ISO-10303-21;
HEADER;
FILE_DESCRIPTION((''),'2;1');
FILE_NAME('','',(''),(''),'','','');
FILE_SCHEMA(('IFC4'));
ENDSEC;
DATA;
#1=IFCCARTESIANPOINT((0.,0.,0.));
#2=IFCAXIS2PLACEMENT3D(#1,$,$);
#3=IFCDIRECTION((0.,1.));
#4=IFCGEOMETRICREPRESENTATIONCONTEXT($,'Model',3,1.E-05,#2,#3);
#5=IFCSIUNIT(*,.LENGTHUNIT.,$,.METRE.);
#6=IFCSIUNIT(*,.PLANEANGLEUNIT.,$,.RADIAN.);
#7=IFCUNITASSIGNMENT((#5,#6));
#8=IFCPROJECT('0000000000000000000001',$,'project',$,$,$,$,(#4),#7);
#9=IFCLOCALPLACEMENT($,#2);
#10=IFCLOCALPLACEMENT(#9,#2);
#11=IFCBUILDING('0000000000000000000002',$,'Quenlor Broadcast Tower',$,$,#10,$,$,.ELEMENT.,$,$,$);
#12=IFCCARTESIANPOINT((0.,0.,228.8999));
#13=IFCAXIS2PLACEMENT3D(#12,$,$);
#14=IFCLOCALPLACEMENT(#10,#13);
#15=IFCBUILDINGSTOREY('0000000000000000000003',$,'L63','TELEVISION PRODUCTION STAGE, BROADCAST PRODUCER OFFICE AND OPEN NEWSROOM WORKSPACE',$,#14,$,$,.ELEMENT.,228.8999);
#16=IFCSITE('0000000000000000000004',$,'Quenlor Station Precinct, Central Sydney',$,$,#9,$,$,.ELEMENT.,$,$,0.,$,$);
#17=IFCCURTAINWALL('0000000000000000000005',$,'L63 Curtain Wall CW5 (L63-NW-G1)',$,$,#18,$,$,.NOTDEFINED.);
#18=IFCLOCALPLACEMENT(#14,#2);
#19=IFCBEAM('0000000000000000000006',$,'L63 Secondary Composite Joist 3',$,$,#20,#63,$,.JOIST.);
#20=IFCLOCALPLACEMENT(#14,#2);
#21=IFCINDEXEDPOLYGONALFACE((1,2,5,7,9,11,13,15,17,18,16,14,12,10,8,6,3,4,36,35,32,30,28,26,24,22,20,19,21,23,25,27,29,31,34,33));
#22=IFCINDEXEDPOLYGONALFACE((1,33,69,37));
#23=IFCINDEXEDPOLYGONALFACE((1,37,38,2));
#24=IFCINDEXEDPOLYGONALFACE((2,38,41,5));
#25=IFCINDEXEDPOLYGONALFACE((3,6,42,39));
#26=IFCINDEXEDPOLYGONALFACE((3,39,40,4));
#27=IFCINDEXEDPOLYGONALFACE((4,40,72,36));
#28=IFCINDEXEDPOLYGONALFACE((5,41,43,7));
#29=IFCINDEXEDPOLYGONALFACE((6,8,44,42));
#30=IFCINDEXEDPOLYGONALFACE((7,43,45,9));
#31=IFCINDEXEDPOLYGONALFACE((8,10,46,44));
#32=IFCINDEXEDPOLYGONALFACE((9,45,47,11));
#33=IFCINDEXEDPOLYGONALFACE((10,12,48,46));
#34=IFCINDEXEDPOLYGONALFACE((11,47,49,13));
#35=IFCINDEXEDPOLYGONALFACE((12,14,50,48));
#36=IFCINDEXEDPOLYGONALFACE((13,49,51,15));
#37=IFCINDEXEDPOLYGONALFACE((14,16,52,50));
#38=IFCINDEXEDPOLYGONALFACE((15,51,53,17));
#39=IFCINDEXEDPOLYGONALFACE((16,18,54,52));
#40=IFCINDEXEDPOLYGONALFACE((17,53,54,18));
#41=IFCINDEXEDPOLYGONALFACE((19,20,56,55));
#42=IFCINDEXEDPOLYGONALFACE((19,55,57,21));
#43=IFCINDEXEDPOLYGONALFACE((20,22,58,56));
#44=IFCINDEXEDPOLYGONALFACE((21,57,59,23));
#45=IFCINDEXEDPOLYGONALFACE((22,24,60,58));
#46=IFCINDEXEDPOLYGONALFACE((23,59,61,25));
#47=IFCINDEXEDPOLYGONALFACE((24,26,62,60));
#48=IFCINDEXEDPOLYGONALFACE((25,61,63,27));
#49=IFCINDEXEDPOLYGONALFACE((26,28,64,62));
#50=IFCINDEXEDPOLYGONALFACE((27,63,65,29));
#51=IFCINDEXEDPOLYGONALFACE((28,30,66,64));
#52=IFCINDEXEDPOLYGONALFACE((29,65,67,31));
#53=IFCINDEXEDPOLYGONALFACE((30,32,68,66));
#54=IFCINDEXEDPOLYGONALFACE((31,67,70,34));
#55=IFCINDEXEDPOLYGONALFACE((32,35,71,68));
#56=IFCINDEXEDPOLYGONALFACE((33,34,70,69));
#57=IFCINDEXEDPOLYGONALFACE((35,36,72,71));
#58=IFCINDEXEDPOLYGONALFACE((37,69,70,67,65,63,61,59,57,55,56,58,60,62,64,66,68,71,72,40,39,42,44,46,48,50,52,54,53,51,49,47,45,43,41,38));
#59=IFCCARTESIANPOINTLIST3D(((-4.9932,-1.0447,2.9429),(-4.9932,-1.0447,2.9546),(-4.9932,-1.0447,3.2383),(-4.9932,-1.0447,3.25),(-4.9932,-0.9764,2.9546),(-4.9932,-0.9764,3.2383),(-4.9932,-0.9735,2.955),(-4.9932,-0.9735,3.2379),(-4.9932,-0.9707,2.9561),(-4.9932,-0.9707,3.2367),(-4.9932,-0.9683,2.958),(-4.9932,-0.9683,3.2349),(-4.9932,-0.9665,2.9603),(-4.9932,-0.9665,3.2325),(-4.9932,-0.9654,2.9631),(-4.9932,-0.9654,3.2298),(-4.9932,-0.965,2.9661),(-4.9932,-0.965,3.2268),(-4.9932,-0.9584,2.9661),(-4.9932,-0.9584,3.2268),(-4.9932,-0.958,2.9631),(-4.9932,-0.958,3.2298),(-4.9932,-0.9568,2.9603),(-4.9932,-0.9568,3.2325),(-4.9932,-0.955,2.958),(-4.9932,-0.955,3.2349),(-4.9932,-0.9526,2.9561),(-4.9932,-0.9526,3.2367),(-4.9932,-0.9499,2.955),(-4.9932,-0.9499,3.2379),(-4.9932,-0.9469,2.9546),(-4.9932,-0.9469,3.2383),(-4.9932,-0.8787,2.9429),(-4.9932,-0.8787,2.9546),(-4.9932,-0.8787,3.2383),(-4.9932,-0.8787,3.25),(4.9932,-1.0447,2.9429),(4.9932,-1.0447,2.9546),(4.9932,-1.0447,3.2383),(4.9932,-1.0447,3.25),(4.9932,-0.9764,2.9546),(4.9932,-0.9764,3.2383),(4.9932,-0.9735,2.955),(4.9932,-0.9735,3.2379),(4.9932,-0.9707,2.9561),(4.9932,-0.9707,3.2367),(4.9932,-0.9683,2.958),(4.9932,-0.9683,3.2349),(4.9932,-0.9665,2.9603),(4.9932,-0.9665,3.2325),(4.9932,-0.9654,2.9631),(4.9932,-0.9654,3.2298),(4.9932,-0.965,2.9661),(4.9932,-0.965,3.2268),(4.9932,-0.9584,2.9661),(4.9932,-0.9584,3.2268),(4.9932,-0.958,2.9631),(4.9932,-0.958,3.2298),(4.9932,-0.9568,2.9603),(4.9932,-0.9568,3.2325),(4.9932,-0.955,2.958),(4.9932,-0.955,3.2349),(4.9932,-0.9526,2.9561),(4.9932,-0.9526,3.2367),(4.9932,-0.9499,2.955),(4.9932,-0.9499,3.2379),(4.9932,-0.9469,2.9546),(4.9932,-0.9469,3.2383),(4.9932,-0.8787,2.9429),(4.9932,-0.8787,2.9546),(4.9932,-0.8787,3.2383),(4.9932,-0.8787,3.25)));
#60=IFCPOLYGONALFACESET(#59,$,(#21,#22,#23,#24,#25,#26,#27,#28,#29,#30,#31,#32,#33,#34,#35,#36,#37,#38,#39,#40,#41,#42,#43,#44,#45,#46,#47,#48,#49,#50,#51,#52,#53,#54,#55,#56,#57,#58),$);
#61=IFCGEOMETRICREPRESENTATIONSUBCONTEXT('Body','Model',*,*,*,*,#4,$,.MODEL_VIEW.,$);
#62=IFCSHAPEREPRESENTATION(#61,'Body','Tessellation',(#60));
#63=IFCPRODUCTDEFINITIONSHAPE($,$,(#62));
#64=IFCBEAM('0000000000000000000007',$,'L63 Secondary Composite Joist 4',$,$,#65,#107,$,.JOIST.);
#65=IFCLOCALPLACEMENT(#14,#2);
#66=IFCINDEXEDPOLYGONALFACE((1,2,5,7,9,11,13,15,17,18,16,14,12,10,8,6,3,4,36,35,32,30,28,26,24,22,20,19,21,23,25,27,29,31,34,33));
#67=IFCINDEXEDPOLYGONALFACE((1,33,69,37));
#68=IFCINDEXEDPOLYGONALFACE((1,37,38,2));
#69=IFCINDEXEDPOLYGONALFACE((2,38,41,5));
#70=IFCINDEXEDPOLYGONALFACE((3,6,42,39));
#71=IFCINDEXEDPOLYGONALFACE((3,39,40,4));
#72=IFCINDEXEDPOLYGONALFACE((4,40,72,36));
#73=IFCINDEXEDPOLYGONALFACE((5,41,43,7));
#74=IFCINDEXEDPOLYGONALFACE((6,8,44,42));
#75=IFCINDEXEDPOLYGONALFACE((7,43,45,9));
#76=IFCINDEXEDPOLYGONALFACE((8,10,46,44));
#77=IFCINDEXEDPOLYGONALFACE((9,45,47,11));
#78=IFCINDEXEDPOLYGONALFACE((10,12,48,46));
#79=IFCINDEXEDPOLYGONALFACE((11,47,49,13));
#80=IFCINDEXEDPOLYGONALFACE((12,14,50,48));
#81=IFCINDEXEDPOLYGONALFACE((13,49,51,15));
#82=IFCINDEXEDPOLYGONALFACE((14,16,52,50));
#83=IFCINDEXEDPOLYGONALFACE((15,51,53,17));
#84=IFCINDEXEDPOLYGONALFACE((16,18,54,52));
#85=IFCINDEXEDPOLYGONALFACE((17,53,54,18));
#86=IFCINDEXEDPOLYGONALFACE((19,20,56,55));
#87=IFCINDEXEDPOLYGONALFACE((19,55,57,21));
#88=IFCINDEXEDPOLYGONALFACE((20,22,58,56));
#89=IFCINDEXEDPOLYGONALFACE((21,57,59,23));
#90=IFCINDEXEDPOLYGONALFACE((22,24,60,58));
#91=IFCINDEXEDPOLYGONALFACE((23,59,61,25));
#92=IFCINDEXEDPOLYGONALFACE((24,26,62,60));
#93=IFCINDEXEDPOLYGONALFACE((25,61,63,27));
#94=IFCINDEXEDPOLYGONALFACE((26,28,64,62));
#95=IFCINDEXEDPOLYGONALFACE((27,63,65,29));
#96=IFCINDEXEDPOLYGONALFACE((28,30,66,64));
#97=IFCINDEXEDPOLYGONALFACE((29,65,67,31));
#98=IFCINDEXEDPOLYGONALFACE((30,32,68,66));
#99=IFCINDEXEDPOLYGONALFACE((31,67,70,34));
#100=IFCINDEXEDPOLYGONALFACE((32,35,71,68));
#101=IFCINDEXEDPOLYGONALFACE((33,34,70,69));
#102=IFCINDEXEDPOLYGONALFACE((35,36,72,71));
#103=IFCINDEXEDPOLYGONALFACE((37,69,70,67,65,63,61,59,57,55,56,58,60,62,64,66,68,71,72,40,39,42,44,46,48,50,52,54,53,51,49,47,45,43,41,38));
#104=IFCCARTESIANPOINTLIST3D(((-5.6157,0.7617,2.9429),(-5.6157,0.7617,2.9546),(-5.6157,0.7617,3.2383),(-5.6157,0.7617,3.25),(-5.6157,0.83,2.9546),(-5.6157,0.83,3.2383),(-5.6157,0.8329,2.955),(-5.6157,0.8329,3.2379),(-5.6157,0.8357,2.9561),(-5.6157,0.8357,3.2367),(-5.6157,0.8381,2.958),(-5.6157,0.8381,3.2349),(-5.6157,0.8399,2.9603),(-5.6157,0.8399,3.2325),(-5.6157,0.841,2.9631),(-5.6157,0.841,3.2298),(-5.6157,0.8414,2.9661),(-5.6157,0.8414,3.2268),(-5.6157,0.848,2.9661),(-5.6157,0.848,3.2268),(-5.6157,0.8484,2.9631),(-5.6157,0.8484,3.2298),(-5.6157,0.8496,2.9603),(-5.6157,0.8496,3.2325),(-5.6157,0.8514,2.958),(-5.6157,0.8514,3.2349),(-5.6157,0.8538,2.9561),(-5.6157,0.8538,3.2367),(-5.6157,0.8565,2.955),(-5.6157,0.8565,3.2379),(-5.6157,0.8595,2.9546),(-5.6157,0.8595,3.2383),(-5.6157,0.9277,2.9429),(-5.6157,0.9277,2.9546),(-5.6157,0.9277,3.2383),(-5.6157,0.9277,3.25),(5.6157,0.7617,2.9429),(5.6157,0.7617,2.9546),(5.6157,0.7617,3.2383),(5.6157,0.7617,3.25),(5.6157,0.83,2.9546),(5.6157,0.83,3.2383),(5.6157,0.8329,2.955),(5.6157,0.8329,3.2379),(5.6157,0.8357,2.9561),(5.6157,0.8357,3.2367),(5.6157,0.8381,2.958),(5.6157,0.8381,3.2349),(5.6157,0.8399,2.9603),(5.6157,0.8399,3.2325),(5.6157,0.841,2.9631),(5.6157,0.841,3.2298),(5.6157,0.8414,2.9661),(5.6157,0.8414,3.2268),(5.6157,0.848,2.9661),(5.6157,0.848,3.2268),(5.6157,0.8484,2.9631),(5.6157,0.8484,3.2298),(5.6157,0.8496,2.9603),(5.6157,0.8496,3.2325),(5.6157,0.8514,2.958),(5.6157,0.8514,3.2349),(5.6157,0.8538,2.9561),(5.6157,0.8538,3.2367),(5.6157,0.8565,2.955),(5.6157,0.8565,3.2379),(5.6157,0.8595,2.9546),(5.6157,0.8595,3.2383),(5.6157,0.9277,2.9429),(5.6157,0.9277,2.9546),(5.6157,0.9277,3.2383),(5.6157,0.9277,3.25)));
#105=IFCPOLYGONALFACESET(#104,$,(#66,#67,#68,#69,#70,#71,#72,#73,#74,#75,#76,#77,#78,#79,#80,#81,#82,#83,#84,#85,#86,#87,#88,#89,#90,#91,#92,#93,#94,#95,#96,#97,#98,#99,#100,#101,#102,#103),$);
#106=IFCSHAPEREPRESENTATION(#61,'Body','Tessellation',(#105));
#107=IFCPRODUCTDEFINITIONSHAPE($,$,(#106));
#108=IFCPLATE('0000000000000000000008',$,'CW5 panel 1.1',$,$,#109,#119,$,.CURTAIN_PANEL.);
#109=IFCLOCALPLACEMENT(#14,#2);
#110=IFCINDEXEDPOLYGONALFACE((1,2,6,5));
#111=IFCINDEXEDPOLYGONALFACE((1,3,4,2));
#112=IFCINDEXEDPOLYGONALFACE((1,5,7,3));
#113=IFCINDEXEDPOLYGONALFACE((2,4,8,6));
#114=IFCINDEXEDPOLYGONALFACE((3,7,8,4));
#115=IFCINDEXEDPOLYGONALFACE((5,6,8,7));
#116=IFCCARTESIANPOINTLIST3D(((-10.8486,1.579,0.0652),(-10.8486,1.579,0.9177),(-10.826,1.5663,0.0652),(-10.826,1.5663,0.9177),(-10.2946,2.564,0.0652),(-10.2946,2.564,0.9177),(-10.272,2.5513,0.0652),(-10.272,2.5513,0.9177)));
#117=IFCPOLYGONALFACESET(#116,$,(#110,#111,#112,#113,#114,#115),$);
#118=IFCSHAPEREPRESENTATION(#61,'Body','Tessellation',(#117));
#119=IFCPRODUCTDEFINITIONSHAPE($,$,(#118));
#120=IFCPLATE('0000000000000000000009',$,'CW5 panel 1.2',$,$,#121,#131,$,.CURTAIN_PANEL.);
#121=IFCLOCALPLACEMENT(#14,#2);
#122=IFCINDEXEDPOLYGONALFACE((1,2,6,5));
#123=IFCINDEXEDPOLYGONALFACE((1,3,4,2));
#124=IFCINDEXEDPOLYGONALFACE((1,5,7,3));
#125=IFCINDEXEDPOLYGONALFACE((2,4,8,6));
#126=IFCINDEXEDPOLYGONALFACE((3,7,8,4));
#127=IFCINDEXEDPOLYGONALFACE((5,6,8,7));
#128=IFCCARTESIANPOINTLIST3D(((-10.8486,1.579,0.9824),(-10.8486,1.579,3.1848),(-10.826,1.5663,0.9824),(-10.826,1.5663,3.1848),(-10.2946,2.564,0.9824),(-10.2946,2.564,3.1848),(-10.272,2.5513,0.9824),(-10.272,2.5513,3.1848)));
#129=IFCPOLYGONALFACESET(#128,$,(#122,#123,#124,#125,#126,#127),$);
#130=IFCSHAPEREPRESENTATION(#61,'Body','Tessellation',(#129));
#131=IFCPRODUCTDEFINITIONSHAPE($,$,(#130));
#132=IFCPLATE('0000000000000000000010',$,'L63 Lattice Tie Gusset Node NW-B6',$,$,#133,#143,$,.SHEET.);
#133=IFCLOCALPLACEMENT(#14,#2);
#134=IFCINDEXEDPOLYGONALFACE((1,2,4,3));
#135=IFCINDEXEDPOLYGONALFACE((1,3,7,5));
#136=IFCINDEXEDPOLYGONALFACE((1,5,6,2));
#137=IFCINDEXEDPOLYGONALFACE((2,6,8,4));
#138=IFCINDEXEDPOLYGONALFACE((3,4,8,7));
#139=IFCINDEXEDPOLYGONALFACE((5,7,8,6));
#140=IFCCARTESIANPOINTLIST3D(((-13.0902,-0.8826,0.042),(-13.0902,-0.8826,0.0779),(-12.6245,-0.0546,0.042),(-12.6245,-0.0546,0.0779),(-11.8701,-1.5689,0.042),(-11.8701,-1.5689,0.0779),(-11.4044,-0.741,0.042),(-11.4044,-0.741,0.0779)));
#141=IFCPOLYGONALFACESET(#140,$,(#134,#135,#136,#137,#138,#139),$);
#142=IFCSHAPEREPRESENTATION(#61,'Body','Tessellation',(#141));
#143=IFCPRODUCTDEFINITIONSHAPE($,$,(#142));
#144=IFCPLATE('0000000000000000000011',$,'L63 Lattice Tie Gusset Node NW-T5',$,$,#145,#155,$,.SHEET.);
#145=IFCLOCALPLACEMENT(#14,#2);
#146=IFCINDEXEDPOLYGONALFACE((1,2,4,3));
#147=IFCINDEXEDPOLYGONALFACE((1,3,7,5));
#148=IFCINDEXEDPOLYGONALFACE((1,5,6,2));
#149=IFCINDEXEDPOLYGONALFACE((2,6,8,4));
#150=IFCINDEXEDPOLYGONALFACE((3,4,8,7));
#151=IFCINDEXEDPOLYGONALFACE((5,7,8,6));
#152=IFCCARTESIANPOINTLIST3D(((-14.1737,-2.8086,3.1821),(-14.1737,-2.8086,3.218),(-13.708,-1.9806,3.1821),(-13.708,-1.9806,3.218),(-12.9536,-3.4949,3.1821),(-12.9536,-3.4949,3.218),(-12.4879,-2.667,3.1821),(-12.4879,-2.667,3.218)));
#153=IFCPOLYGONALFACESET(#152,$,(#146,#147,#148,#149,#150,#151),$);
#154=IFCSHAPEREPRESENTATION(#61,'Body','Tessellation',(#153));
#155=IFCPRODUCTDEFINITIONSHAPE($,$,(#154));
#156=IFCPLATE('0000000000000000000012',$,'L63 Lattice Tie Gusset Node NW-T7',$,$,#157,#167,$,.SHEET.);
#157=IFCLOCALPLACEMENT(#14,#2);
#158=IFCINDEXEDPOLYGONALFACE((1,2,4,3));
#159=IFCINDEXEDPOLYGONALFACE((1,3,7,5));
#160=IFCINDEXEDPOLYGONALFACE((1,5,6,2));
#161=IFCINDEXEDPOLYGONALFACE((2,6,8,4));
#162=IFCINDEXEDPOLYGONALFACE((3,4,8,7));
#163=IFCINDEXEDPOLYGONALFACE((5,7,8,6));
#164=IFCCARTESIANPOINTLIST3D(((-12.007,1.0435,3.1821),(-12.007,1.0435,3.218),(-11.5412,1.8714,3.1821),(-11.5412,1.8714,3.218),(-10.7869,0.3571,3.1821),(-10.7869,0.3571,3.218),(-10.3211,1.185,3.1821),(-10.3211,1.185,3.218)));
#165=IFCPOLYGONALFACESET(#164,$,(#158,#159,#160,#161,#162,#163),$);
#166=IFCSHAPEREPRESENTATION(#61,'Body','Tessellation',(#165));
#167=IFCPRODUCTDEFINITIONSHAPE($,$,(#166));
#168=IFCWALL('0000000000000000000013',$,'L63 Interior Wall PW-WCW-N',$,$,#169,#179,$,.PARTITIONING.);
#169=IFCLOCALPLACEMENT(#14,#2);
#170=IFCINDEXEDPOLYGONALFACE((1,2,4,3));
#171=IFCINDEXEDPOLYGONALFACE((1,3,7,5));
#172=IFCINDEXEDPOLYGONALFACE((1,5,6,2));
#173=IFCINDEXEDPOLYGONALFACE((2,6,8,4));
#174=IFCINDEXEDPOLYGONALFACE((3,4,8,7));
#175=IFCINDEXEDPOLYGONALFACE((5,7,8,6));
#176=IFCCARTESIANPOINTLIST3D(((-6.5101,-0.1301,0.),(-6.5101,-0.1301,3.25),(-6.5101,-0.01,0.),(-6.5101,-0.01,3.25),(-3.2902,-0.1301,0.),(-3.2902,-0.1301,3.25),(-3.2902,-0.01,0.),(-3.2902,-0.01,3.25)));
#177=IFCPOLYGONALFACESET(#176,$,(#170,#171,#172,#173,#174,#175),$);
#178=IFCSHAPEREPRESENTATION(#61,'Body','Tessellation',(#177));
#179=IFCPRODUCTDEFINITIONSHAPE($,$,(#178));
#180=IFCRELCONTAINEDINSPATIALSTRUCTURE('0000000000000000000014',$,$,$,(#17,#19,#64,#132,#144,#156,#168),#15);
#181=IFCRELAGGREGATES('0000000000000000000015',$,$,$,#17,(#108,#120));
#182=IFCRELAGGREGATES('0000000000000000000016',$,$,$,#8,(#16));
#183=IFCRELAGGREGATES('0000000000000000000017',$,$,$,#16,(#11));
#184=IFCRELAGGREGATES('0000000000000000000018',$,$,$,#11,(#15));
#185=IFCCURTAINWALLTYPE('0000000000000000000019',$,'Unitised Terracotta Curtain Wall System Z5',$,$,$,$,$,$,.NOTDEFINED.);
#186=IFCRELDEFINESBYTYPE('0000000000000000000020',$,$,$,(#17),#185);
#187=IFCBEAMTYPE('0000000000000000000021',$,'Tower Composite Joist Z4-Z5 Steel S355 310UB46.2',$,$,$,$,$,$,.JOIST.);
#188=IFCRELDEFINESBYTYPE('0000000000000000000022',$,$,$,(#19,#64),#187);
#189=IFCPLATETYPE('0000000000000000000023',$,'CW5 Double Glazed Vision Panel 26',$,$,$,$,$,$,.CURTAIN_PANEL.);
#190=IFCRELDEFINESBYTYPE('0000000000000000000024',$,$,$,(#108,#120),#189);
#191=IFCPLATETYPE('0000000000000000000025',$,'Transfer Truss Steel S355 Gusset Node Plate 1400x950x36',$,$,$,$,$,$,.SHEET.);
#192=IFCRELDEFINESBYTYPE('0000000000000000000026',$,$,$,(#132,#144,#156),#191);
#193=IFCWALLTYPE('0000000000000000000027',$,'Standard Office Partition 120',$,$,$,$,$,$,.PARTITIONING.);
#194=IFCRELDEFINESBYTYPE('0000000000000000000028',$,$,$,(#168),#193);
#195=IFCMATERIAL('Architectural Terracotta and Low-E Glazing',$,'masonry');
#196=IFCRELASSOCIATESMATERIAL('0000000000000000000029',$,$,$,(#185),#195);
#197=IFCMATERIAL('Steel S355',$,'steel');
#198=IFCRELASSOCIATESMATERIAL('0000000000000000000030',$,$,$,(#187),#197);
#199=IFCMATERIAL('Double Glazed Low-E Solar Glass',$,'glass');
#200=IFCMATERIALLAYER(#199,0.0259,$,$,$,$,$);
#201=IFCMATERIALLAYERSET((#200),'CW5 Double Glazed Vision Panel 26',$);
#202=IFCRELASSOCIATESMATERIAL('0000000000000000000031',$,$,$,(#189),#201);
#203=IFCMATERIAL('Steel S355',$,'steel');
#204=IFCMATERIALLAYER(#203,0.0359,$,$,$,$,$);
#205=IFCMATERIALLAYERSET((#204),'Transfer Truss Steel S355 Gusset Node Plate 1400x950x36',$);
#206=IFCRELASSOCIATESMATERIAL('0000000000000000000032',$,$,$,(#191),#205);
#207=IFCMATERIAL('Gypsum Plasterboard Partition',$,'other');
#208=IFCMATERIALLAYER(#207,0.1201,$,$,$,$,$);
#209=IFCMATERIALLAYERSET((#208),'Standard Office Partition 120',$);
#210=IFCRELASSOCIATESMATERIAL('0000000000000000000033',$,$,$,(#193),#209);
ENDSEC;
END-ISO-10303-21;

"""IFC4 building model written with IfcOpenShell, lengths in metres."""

from ifc_helpers import new_model, si_unit, direction, frame, frame_2d, origin, origin_2d, place, context, subcontext, project, spatial, rectangle, i_section, extrude, material, layer, layer_set, material_profile, profile_set, type_object, element, aggregate, save


model = new_model("IFC4")

# Units and contexts
model_context = context("Model", 3, precision=1e-05, world=origin(), true_north=direction((0.0, 1.0)))
body_context = subcontext(model_context, "Body", "Model", "MODEL_VIEW")
ifc_project = project(units=[si_unit("LENGTHUNIT", "METRE"), si_unit("PLANEANGLEUNIT", "RADIAN")], contexts=[model_context])

# Site, building, storey
site_placement = place(None, origin())
site = spatial("IfcSite", under=ifc_project, at=site_placement, Name="Quenlor Station Precinct, Central Sydney", CompositionType="ELEMENT", RefElevation=0.0)
building_placement = place(site_placement, origin())
building = spatial("IfcBuilding", under=site, at=building_placement, Name="Quenlor Broadcast Tower", CompositionType="ELEMENT")
storey_placement = place(building_placement, frame((0.0, 0.0, 228.8999)))
storey = spatial("IfcBuildingStorey", under=building, at=storey_placement, Name="L63", Description="TELEVISION PRODUCTION STAGE, BROADCAST PRODUCER OFFICE AND OPEN NEWSROOM WORKSPACE", CompositionType="ELEMENT", Elevation=228.8999)

# Curtain wall
ifc_material_1 = material(Name="Architectural Terracotta and Low-E Glazing", Category="masonry")
curtain_wall_type = type_object("IfcCurtainWallType", Name="Unitised Terracotta Curtain Wall System Z5", PredefinedType="NOTDEFINED", material=ifc_material_1)
curtain_wall_placement = place(storey_placement, origin())
curtain_wall = element("IfcCurtainWall", 1, at=curtain_wall_placement, inside=storey, type_object=curtain_wall_type, Name="L63 Curtain Wall CW5 (L63-NW-G1)", PredefinedType="NOTDEFINED")

# Beams
ifc_material_2 = material(Name="Steel S355", Category="steel")
ifc_material_profile_1 = material_profile(ifc_material_2, i_section(OverallWidth=0.166, OverallDepth=0.3071, WebThickness=0.0066, FlangeThickness=0.0117, FilletRadius=0.0115, at=origin_2d()))
ifc_profile_set_1 = profile_set([ifc_material_profile_1], Name="Steel S355 310UB46.2")
beam_type = type_object("IfcBeamType", Name="Tower Composite Joist Z4-Z5 Steel S355 310UB46.2", PredefinedType="JOIST", material=ifc_profile_set_1)
beam_1_placement = place(storey_placement, frame((-4.9932, -0.9617, 3.0964), z_axis=(1.0, 0.0, 0.0), x_axis=(0.0, 1.0, 0.0)))
element("IfcBeam", 2, at=beam_1_placement, inside=storey, type_object=beam_type, Name="L63 Secondary Composite Joist 3", PredefinedType="JOIST", context=body_context, shape_type="SweptSolid", body=[
    extrude(i_section(OverallWidth=0.166, OverallDepth=0.3071, WebThickness=0.0066, FlangeThickness=0.0117, FilletRadius=0.0115, at=origin_2d()), origin(), (0.0, 0.0, 1.0), 9.9863),
])
beam_2_placement = place(storey_placement, frame((-5.6157, 0.8447, 3.0964), z_axis=(1.0, 0.0, 0.0), x_axis=(0.0, 1.0, 0.0)))
element("IfcBeam", 3, at=beam_2_placement, inside=storey, type_object=beam_type, Name="L63 Secondary Composite Joist 4", PredefinedType="JOIST", context=body_context, shape_type="SweptSolid", body=[
    extrude(i_section(OverallWidth=0.166, OverallDepth=0.3071, WebThickness=0.0066, FlangeThickness=0.0117, FilletRadius=0.0115, at=origin_2d()), origin(), (0.0, 0.0, 1.0), 11.2314),
])

# Plates
ifc_material_3 = material(Name="Double Glazed Low-E Solar Glass", Category="glass")
ifc_layer_1 = layer(ifc_material_3, 0.0259)
ifc_layer_set_1 = layer_set([ifc_layer_1], Name="CW5 Double Glazed Vision Panel 26")
plate_type_1 = type_object("IfcPlateType", Name="CW5 Double Glazed Vision Panel 26", PredefinedType="CURTAIN_PANEL", material=ifc_layer_set_1)
plate_1_placement = place(storey_placement, frame((-10.5603, 2.0652, 0.0652), z_axis=(0.0, 0.0, 1.0), x_axis=(0.490231, 0.871592, 0.0)))
plate_1 = element("IfcPlate", 4, at=plate_1_placement, type_object=plate_type_1, Name="CW5 panel 1.1", PredefinedType="CURTAIN_PANEL", context=body_context, shape_type="SweptSolid", body=[
    extrude(rectangle(XDim=1.1301, YDim=0.0259, at=origin_2d()), origin(), (0.0, 0.0, 1.0), 0.8525),
])
plate_2_placement = place(storey_placement, frame((-10.5603, 2.0652, 0.9824), z_axis=(0.0, 0.0, 1.0), x_axis=(0.490231, 0.871592, 0.0)))
plate_2 = element("IfcPlate", 5, at=plate_2_placement, type_object=plate_type_1, Name="CW5 panel 1.2", PredefinedType="CURTAIN_PANEL", context=body_context, shape_type="SweptSolid", body=[
    extrude(rectangle(XDim=1.1301, YDim=0.0259, at=origin_2d()), origin(), (0.0, 0.0, 1.0), 2.2024),
])
aggregate(curtain_wall, [plate_1, plate_2])

# Plates
ifc_material_4 = material(Name="Steel S355", Category="steel")
ifc_layer_2 = layer(ifc_material_4, 0.0359)
ifc_layer_set_2 = layer_set([ifc_layer_2], Name="Transfer Truss Steel S355 Gusset Node Plate 1400x950x36")
plate_type_2 = type_object("IfcPlateType", Name="Transfer Truss Steel S355 Gusset Node Plate 1400x950x36", PredefinedType="SHEET", material=ifc_layer_set_2)
for number, where, z_axis, x_axis, name in (
    (6, (-12.2473, -0.8118, 0.042), (0.0, 0.0, 1.0), (-0.871556, 0.490295, 0.0), "L63 Lattice Tie Gusset Node NW-B6"),
    (7, (-13.3308, -2.7378, 3.1821), (0.0, 0.0, 1.0), (-0.871556, 0.490295, 0.0), "L63 Lattice Tie Gusset Node NW-T5"),
    (8, (-11.1641, 1.1143, 3.1821), (0.0, 0.0, 1.0), (-0.871556, 0.490295, 0.0), "L63 Lattice Tie Gusset Node NW-T7"),
):
    element("IfcPlate", number, at=place(storey_placement, frame(where, z_axis=z_axis, x_axis=x_axis)), inside=storey, type_object=plate_type_2, Name=name, PredefinedType="SHEET", context=body_context, shape_type="SweptSolid", body=[
        extrude(rectangle(XDim=1.3999, YDim=0.95, at=origin_2d()), origin(), (0.0, 0.0, 1.0), 0.0359),
    ])

# Wall
ifc_material_5 = material(Name="Gypsum Plasterboard Partition", Category="other")
ifc_layer_3 = layer(ifc_material_5, 0.1201)
ifc_layer_set_3 = layer_set([ifc_layer_3], Name="Standard Office Partition 120")
wall_type_1 = type_object("IfcWallType", Name="Standard Office Partition 120", PredefinedType="PARTITIONING", material=ifc_layer_set_3)
wall_1_placement = place(storey_placement, frame((-6.51, -0.0701, 0.0), z_axis=(0.0, 0.0, 1.0), x_axis=(1.0, 0.0, 0.0)))
element("IfcWall", 9, at=wall_1_placement, inside=storey, type_object=wall_type_1, Name="L63 Interior Wall PW-WCW-N", PredefinedType="PARTITIONING", context=body_context, shape_type="SweptSolid", body=[
    extrude(rectangle(XDim=3.22, YDim=0.1201, at=frame_2d((1.6099, 0.0))), origin(), (0.0, 0.0, 1.0), 3.25),
])

save(model, "model.ifc")
